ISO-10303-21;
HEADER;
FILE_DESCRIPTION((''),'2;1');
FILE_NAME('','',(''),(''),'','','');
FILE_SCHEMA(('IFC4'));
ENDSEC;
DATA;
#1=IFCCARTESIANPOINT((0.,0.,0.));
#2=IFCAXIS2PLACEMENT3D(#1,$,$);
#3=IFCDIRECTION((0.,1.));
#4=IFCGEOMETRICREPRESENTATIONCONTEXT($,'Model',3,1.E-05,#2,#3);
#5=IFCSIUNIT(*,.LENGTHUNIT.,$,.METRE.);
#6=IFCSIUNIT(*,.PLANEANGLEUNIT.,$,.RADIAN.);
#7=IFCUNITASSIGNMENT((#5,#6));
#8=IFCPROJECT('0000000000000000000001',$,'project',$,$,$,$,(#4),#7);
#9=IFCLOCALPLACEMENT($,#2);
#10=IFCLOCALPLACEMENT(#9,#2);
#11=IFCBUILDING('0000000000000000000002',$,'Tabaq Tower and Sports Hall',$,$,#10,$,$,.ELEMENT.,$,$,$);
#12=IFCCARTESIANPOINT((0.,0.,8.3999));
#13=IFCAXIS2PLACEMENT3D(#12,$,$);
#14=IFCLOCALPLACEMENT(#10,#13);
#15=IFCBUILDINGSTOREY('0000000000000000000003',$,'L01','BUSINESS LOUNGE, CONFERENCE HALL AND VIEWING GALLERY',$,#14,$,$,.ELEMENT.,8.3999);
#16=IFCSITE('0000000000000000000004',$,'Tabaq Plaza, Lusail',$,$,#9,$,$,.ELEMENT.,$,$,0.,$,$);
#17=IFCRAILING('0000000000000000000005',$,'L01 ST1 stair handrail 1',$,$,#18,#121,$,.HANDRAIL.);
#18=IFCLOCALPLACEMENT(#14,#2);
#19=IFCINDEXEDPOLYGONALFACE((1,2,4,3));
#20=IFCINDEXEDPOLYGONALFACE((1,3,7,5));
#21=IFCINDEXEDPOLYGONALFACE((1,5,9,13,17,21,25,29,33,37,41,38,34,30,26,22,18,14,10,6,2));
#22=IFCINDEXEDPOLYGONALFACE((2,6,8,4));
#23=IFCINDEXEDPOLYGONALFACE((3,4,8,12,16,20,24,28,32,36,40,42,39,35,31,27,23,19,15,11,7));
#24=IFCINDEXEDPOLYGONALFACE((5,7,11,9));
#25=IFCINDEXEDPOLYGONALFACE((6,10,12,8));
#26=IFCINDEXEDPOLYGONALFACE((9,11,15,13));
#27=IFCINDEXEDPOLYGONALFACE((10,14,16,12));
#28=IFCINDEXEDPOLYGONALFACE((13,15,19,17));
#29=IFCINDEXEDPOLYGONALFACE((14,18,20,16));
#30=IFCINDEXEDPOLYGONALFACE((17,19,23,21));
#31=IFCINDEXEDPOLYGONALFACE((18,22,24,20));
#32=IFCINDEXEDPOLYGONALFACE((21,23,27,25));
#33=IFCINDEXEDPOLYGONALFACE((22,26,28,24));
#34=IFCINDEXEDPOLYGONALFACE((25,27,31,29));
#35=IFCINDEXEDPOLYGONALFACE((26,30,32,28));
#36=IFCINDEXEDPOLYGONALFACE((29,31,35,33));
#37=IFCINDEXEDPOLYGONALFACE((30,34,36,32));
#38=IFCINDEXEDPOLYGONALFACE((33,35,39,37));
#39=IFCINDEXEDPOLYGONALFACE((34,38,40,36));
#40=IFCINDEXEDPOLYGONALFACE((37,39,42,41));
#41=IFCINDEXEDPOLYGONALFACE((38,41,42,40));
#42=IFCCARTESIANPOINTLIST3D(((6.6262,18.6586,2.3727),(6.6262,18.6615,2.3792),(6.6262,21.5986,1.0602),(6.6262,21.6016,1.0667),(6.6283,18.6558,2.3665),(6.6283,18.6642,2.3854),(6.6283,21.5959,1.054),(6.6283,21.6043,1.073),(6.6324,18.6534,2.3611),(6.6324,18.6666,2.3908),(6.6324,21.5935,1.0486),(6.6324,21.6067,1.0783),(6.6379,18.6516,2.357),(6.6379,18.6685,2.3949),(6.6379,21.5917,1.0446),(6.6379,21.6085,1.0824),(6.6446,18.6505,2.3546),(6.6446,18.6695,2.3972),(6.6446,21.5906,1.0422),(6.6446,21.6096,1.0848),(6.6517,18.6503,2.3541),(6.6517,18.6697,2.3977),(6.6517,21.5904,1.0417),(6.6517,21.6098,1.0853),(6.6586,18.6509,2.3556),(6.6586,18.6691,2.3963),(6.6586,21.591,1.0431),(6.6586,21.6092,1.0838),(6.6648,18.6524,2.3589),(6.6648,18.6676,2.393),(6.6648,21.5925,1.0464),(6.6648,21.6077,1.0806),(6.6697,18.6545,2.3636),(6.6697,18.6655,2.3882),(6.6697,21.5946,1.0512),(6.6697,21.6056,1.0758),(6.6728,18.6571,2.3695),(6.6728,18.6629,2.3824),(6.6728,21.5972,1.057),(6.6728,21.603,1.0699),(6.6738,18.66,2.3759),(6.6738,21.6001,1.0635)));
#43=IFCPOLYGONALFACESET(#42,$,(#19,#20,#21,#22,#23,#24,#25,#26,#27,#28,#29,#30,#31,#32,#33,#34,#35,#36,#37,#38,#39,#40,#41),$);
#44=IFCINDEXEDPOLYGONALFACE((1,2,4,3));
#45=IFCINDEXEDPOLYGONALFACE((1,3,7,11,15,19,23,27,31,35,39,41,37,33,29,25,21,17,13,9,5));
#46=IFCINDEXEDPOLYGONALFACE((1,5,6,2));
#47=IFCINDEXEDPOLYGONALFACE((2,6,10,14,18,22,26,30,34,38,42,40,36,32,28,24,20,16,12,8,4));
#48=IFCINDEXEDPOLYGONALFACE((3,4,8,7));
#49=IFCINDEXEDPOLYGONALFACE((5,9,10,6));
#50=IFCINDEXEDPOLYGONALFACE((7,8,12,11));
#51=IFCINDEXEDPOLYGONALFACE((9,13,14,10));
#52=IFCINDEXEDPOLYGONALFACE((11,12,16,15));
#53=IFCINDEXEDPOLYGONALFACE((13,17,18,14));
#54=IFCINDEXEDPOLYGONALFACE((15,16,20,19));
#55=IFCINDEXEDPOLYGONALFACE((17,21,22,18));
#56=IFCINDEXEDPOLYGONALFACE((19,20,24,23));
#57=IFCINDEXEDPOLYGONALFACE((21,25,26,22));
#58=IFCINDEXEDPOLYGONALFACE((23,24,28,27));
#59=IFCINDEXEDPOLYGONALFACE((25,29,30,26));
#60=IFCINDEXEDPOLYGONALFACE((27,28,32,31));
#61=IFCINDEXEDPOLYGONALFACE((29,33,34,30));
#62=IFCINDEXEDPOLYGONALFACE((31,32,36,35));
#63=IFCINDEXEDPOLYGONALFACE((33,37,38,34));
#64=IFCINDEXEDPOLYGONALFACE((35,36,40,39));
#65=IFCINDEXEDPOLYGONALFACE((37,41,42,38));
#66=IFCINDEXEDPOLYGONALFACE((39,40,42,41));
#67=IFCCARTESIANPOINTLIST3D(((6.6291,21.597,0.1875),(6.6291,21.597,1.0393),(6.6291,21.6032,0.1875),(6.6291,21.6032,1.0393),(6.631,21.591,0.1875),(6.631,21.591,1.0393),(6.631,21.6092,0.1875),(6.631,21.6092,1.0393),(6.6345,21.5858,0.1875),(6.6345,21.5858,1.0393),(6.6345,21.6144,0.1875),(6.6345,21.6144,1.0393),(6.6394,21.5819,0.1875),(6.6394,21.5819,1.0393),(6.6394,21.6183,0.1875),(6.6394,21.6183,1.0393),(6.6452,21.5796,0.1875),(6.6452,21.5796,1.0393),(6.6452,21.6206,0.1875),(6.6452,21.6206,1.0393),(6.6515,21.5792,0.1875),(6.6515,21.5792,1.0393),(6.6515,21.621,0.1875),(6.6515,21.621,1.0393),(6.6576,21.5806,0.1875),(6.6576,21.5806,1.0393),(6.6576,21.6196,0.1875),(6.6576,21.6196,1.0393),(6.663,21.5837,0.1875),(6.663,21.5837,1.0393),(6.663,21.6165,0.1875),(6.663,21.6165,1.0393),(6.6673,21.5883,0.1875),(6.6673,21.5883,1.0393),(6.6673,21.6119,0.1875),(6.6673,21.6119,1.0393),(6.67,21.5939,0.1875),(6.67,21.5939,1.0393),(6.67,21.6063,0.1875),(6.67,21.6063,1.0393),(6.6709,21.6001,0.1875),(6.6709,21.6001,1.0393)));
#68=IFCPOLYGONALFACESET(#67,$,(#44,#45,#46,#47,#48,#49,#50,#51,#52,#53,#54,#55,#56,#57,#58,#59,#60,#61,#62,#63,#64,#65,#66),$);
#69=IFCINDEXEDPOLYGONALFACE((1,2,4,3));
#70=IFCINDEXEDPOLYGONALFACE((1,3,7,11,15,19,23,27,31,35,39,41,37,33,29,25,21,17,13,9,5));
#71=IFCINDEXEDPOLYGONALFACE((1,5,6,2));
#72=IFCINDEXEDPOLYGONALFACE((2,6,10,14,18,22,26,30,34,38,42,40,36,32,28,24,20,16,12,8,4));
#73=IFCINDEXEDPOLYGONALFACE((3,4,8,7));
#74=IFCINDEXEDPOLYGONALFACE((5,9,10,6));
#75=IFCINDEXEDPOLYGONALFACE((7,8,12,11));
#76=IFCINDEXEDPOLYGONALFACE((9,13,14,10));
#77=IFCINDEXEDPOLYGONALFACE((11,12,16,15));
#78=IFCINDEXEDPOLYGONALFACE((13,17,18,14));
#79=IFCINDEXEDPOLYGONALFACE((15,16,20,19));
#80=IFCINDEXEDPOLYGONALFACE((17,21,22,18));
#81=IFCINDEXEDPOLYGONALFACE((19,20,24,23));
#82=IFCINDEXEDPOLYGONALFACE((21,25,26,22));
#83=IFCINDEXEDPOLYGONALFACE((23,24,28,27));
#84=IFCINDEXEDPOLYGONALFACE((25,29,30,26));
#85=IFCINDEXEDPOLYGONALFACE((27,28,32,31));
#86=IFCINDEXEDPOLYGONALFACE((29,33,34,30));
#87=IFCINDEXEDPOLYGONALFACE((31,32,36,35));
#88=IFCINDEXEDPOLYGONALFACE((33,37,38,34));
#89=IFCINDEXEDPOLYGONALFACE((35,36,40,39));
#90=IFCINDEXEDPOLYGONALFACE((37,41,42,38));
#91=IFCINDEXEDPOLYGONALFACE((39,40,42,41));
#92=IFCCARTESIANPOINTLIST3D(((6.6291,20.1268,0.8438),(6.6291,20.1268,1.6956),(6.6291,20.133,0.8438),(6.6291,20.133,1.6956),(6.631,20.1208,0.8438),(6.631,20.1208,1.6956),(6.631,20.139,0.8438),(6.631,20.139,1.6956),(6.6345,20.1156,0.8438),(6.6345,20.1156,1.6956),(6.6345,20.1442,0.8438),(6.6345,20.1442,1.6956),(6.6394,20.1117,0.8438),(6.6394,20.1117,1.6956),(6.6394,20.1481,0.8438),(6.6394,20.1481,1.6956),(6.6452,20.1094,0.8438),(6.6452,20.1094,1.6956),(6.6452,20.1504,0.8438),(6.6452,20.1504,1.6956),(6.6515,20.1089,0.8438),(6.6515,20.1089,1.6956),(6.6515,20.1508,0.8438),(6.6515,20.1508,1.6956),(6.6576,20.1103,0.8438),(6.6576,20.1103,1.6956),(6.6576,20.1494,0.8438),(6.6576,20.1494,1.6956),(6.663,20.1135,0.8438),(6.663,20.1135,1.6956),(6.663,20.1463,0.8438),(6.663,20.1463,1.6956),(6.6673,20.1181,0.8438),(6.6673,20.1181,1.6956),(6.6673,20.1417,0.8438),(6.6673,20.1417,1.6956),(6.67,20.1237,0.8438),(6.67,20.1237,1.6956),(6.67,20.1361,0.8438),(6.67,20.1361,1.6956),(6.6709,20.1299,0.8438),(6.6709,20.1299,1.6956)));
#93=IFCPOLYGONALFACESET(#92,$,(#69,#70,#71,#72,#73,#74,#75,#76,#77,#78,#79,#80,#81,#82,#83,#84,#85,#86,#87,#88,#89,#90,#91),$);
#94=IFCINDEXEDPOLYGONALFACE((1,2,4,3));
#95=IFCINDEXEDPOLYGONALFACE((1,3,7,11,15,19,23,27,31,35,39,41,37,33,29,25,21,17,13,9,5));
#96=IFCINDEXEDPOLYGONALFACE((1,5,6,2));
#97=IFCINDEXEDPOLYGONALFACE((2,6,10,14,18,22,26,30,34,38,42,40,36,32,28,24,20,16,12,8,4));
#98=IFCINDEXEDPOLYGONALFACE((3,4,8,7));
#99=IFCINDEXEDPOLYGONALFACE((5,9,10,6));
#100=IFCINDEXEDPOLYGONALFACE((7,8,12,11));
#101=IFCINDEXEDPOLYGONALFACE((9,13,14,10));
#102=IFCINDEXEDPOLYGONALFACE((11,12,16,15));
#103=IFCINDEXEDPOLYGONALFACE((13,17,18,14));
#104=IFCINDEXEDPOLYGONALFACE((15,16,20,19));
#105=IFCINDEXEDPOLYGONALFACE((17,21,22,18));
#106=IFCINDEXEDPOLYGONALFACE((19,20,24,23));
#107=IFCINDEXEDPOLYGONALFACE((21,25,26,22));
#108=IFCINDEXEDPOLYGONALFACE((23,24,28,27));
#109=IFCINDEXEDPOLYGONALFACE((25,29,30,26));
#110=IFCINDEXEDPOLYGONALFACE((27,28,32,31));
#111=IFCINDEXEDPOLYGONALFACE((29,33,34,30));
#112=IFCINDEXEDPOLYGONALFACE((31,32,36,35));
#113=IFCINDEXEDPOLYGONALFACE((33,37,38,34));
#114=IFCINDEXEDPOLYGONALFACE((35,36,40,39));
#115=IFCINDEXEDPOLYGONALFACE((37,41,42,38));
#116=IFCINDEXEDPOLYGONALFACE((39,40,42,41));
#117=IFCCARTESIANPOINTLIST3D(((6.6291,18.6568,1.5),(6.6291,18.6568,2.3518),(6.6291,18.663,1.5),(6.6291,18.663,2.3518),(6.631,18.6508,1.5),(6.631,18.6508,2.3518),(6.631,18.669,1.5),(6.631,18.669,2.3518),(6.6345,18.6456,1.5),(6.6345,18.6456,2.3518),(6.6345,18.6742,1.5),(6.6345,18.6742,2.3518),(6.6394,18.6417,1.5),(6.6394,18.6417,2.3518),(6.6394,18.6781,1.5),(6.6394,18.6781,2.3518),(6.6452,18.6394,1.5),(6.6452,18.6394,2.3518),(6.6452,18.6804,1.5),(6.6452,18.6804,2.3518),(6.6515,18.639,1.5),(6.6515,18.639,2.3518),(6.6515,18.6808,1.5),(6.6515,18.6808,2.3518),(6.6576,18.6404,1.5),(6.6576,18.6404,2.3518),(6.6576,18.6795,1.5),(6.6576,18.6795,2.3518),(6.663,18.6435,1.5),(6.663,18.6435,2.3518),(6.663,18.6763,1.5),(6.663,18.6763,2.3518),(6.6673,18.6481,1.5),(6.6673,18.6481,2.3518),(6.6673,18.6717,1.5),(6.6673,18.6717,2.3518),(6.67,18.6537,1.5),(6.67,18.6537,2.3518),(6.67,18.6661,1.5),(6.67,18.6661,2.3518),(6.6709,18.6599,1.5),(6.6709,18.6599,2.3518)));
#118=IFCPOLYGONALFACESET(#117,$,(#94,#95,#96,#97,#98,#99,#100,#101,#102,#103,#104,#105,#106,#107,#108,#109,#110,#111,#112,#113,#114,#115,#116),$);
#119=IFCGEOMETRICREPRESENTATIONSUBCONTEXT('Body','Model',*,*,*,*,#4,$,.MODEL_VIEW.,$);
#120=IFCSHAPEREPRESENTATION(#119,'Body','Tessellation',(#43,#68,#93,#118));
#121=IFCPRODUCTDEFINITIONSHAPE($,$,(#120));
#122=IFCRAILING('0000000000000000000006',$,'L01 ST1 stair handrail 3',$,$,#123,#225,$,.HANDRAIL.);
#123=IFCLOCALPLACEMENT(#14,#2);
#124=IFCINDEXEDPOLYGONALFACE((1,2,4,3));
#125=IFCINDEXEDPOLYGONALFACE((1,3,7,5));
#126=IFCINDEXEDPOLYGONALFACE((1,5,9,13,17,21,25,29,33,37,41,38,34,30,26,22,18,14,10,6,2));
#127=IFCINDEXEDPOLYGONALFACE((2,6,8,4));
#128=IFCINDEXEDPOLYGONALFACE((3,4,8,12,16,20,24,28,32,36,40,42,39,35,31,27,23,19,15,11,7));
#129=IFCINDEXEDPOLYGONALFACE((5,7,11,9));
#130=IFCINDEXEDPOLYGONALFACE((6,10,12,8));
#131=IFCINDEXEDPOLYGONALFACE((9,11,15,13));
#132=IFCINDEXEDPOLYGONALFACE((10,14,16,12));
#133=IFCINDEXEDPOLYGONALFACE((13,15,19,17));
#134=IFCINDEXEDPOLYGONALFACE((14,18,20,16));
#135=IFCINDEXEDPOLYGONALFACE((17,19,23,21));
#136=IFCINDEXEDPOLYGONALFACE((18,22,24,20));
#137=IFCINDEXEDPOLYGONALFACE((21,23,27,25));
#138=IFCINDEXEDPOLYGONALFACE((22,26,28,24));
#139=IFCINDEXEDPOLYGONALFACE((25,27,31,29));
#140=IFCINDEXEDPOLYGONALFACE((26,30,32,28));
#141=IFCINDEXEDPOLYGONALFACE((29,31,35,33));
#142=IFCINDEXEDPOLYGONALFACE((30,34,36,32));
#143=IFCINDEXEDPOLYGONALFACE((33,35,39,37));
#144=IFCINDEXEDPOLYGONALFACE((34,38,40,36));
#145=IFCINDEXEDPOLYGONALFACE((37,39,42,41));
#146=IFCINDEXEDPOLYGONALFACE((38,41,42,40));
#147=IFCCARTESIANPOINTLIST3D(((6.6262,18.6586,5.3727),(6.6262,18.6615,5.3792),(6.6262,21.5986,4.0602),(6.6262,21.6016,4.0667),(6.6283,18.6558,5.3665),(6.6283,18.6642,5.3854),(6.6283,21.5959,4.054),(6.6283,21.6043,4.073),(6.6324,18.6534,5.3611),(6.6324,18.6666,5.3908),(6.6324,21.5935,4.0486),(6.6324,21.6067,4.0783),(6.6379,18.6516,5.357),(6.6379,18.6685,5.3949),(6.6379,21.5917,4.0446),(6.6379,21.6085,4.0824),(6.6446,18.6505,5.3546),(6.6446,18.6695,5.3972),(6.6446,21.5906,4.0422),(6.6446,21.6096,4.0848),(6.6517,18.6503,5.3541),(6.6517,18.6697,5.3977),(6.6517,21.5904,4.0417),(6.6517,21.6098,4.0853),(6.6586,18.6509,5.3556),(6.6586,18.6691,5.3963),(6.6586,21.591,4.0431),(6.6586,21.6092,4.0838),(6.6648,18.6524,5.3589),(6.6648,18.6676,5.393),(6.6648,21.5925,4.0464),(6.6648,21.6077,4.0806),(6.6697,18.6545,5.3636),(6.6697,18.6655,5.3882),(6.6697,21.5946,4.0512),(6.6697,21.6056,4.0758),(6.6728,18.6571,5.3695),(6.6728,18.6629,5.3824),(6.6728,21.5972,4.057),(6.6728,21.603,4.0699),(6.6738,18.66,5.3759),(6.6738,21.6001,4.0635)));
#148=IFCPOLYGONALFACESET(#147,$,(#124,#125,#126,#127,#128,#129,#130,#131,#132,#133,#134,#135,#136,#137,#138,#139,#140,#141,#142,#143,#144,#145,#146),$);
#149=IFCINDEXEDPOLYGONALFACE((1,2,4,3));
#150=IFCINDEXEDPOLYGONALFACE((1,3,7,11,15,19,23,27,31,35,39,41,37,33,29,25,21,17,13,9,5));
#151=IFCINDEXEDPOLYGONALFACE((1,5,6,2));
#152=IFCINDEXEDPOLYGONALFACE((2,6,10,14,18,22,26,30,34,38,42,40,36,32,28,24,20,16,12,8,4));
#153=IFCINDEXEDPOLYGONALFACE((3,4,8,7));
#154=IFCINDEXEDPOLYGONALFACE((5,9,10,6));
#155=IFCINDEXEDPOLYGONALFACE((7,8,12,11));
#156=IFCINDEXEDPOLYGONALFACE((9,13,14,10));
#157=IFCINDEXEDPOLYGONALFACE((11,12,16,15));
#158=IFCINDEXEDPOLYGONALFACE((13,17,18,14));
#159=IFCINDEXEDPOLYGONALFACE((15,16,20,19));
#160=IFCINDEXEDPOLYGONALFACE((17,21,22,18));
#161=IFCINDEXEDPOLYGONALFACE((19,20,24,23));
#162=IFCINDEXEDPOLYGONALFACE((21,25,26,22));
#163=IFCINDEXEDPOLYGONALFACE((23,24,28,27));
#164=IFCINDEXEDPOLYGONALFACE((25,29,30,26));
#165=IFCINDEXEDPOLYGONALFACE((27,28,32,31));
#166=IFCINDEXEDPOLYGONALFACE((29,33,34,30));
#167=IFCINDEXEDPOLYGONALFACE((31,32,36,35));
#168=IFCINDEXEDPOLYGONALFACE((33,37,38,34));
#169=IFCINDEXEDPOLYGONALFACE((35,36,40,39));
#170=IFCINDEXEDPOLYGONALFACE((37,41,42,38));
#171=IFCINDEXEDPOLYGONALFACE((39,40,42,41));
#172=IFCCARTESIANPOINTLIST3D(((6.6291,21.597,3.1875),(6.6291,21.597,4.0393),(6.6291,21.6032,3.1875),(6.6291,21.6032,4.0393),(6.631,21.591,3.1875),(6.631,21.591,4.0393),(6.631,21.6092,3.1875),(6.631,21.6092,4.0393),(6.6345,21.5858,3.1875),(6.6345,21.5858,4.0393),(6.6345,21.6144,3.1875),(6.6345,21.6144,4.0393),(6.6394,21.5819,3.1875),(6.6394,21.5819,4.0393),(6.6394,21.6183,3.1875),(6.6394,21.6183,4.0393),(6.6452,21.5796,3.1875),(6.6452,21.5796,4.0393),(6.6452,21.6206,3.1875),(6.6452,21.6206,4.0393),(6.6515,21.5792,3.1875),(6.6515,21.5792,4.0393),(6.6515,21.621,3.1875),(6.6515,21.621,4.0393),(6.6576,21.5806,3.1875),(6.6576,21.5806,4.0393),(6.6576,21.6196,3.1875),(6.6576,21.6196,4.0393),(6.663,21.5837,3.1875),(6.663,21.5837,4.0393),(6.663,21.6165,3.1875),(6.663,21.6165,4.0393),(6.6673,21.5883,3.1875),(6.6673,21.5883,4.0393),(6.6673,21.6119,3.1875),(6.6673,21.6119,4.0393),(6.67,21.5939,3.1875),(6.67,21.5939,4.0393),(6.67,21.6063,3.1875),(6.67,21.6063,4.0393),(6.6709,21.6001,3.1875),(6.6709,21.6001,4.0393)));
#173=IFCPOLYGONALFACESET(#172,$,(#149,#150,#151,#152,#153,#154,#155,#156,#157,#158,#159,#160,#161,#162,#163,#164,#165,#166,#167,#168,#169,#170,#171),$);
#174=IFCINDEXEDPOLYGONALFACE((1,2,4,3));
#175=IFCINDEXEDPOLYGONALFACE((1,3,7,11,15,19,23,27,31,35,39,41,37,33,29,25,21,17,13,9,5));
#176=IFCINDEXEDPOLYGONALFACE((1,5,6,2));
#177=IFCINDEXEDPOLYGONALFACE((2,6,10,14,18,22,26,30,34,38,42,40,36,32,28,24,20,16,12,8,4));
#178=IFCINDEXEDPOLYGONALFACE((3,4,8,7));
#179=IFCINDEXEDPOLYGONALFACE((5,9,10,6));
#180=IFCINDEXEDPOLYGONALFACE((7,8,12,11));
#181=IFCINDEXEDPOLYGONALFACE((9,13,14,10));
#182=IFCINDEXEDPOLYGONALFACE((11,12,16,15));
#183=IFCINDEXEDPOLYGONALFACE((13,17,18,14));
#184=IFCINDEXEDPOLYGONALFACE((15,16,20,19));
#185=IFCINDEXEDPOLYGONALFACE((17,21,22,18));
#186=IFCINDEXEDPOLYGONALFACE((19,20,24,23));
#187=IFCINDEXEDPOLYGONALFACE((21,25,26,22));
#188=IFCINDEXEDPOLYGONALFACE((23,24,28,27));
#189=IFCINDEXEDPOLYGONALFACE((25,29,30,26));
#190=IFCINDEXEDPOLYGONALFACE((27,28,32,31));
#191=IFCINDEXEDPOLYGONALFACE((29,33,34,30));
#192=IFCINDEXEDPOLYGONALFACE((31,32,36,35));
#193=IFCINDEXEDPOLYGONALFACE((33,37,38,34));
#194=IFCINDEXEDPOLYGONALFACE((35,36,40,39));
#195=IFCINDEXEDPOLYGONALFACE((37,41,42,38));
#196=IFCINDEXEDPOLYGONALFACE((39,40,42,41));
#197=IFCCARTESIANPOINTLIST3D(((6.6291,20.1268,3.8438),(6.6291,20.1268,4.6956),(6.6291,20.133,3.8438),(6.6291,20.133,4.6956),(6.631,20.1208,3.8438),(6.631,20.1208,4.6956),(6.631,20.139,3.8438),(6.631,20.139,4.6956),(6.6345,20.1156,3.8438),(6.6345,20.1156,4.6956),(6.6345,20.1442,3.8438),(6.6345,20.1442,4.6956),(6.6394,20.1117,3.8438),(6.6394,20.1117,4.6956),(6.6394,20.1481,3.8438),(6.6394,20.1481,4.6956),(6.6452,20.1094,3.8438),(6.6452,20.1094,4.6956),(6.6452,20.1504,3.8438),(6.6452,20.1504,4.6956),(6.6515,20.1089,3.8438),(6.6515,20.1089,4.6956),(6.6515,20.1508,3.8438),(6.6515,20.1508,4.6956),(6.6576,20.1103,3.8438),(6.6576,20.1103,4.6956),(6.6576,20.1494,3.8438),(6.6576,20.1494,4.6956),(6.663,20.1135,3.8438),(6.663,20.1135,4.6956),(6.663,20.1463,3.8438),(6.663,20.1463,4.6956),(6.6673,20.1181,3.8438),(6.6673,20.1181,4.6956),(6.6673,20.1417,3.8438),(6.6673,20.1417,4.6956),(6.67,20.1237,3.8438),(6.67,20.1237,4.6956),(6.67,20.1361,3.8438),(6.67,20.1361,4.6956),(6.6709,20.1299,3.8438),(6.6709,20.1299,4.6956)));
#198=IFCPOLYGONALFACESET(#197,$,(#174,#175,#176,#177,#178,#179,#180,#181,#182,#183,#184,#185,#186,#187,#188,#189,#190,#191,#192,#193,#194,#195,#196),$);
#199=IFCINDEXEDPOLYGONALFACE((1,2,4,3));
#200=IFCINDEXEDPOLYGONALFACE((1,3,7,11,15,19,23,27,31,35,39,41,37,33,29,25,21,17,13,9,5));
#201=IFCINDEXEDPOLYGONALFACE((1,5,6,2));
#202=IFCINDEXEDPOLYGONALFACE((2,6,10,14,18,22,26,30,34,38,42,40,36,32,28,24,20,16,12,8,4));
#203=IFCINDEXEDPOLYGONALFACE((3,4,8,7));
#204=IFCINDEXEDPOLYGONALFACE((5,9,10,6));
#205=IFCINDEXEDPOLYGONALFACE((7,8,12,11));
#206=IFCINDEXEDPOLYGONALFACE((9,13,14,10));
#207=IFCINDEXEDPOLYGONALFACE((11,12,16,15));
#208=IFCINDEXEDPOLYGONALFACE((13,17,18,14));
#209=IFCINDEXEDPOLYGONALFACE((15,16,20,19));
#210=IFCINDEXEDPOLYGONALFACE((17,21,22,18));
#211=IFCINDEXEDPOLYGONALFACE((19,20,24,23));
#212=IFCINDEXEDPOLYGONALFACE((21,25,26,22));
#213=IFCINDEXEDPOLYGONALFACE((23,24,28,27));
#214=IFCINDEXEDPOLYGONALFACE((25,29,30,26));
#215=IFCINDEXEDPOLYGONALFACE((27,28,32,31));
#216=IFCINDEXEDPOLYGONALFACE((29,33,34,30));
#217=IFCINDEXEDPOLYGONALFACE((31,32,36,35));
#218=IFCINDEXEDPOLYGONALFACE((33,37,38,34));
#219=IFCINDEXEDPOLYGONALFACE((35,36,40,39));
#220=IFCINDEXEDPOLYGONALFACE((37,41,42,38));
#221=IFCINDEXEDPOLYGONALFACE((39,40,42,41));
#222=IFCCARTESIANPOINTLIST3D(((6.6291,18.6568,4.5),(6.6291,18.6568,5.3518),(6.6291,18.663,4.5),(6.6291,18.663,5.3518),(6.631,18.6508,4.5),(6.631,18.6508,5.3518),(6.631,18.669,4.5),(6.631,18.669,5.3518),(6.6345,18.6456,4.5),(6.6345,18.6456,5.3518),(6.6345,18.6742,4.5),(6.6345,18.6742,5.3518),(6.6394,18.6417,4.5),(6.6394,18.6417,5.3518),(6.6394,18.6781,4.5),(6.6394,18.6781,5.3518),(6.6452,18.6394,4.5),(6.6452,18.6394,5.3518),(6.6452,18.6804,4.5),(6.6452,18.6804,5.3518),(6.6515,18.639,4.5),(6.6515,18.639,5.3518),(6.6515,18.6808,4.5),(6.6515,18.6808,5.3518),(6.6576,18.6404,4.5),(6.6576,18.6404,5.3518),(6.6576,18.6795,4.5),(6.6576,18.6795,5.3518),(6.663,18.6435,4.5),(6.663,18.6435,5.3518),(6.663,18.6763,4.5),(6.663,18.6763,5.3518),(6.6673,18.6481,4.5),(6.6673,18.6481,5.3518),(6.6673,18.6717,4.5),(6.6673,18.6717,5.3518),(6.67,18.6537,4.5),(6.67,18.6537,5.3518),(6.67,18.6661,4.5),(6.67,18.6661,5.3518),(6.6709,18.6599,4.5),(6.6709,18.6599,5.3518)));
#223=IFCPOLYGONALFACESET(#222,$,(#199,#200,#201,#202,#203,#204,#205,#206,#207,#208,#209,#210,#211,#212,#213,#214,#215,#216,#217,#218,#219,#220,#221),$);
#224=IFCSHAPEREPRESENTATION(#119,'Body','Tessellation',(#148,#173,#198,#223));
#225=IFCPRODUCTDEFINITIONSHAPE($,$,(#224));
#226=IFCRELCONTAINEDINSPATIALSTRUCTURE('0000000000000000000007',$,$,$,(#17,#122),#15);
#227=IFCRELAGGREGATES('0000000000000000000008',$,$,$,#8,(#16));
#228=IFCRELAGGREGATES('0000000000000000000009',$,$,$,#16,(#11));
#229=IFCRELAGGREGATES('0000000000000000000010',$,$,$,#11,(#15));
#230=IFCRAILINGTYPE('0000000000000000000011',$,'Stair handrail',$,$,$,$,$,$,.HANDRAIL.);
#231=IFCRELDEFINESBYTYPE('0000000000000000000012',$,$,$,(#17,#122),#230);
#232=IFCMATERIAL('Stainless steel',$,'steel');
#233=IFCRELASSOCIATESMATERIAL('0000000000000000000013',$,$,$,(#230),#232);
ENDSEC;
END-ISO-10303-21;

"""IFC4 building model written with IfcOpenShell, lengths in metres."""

from ifc_helpers import new_model, si_unit, direction, frame, origin, origin_2d, place, context, subcontext, project, spatial, circle, extrude, material, type_object, element, save


model = new_model("IFC4")

# Units and contexts
model_context = context("Model", 3, precision=1e-05, world=origin(), true_north=direction((0.0, 1.0)))
body_context = subcontext(model_context, "Body", "Model", "MODEL_VIEW")
ifc_project = project(units=[si_unit("LENGTHUNIT", "METRE"), si_unit("PLANEANGLEUNIT", "RADIAN")], contexts=[model_context])

# Site, building, storey
site_placement = place(None, origin())
site = spatial("IfcSite", under=ifc_project, at=site_placement, Name="Tabaq Plaza, Lusail", CompositionType="ELEMENT", RefElevation=0.0)
building_placement = place(site_placement, origin())
building = spatial("IfcBuilding", under=site, at=building_placement, Name="Tabaq Tower and Sports Hall", CompositionType="ELEMENT")
storey_placement = place(building_placement, frame((0.0, 0.0, 8.3999)))
storey = spatial("IfcBuildingStorey", under=building, at=storey_placement, Name="L01", Description="BUSINESS LOUNGE, CONFERENCE HALL AND VIEWING GALLERY", CompositionType="ELEMENT", Elevation=8.3999)

# Railings
ifc_material_1 = material(Name="Stainless steel", Category="steel")
railing_type_1 = type_object("IfcRailingType", Name="Stair handrail", PredefinedType="HANDRAIL", material=ifc_material_1)
for number, where, name in (
    (1, (6.6499, 21.6001, 0.1875), "L01 ST1 stair handrail 1"),
    (2, (6.6499, 21.6001, 3.1875), "L01 ST1 stair handrail 3"),
):
    element("IfcRailing", number, at=place(storey_placement, frame(where)), inside=storey, type_object=railing_type_1, Name=name, PredefinedType="HANDRAIL", context=body_context, shape_type="SweptSolid", body=[
        extrude(circle(Radius=0.0239, at=origin_2d()), frame((0.0, 0.0, 0.876), z_axis=(0.0, -0.913147, 0.407629), x_axis=(1.0, 0.0, 0.0)), (0.0, 0.0, 1.0), 3.2197),
        extrude(circle(Radius=0.021, at=origin_2d()), origin(), (0.0, 0.0, 1.0), 0.8518),
        extrude(circle(Radius=0.021, at=origin_2d()), frame((0.0, -1.4702, 0.6562)), (0.0, 0.0, 1.0), 0.8518),
        extrude(circle(Radius=0.021, at=origin_2d()), frame((0.0, -2.9402, 1.3125)), (0.0, 0.0, 1.0), 0.8518),
    ])

save(model, "model.ifc")
